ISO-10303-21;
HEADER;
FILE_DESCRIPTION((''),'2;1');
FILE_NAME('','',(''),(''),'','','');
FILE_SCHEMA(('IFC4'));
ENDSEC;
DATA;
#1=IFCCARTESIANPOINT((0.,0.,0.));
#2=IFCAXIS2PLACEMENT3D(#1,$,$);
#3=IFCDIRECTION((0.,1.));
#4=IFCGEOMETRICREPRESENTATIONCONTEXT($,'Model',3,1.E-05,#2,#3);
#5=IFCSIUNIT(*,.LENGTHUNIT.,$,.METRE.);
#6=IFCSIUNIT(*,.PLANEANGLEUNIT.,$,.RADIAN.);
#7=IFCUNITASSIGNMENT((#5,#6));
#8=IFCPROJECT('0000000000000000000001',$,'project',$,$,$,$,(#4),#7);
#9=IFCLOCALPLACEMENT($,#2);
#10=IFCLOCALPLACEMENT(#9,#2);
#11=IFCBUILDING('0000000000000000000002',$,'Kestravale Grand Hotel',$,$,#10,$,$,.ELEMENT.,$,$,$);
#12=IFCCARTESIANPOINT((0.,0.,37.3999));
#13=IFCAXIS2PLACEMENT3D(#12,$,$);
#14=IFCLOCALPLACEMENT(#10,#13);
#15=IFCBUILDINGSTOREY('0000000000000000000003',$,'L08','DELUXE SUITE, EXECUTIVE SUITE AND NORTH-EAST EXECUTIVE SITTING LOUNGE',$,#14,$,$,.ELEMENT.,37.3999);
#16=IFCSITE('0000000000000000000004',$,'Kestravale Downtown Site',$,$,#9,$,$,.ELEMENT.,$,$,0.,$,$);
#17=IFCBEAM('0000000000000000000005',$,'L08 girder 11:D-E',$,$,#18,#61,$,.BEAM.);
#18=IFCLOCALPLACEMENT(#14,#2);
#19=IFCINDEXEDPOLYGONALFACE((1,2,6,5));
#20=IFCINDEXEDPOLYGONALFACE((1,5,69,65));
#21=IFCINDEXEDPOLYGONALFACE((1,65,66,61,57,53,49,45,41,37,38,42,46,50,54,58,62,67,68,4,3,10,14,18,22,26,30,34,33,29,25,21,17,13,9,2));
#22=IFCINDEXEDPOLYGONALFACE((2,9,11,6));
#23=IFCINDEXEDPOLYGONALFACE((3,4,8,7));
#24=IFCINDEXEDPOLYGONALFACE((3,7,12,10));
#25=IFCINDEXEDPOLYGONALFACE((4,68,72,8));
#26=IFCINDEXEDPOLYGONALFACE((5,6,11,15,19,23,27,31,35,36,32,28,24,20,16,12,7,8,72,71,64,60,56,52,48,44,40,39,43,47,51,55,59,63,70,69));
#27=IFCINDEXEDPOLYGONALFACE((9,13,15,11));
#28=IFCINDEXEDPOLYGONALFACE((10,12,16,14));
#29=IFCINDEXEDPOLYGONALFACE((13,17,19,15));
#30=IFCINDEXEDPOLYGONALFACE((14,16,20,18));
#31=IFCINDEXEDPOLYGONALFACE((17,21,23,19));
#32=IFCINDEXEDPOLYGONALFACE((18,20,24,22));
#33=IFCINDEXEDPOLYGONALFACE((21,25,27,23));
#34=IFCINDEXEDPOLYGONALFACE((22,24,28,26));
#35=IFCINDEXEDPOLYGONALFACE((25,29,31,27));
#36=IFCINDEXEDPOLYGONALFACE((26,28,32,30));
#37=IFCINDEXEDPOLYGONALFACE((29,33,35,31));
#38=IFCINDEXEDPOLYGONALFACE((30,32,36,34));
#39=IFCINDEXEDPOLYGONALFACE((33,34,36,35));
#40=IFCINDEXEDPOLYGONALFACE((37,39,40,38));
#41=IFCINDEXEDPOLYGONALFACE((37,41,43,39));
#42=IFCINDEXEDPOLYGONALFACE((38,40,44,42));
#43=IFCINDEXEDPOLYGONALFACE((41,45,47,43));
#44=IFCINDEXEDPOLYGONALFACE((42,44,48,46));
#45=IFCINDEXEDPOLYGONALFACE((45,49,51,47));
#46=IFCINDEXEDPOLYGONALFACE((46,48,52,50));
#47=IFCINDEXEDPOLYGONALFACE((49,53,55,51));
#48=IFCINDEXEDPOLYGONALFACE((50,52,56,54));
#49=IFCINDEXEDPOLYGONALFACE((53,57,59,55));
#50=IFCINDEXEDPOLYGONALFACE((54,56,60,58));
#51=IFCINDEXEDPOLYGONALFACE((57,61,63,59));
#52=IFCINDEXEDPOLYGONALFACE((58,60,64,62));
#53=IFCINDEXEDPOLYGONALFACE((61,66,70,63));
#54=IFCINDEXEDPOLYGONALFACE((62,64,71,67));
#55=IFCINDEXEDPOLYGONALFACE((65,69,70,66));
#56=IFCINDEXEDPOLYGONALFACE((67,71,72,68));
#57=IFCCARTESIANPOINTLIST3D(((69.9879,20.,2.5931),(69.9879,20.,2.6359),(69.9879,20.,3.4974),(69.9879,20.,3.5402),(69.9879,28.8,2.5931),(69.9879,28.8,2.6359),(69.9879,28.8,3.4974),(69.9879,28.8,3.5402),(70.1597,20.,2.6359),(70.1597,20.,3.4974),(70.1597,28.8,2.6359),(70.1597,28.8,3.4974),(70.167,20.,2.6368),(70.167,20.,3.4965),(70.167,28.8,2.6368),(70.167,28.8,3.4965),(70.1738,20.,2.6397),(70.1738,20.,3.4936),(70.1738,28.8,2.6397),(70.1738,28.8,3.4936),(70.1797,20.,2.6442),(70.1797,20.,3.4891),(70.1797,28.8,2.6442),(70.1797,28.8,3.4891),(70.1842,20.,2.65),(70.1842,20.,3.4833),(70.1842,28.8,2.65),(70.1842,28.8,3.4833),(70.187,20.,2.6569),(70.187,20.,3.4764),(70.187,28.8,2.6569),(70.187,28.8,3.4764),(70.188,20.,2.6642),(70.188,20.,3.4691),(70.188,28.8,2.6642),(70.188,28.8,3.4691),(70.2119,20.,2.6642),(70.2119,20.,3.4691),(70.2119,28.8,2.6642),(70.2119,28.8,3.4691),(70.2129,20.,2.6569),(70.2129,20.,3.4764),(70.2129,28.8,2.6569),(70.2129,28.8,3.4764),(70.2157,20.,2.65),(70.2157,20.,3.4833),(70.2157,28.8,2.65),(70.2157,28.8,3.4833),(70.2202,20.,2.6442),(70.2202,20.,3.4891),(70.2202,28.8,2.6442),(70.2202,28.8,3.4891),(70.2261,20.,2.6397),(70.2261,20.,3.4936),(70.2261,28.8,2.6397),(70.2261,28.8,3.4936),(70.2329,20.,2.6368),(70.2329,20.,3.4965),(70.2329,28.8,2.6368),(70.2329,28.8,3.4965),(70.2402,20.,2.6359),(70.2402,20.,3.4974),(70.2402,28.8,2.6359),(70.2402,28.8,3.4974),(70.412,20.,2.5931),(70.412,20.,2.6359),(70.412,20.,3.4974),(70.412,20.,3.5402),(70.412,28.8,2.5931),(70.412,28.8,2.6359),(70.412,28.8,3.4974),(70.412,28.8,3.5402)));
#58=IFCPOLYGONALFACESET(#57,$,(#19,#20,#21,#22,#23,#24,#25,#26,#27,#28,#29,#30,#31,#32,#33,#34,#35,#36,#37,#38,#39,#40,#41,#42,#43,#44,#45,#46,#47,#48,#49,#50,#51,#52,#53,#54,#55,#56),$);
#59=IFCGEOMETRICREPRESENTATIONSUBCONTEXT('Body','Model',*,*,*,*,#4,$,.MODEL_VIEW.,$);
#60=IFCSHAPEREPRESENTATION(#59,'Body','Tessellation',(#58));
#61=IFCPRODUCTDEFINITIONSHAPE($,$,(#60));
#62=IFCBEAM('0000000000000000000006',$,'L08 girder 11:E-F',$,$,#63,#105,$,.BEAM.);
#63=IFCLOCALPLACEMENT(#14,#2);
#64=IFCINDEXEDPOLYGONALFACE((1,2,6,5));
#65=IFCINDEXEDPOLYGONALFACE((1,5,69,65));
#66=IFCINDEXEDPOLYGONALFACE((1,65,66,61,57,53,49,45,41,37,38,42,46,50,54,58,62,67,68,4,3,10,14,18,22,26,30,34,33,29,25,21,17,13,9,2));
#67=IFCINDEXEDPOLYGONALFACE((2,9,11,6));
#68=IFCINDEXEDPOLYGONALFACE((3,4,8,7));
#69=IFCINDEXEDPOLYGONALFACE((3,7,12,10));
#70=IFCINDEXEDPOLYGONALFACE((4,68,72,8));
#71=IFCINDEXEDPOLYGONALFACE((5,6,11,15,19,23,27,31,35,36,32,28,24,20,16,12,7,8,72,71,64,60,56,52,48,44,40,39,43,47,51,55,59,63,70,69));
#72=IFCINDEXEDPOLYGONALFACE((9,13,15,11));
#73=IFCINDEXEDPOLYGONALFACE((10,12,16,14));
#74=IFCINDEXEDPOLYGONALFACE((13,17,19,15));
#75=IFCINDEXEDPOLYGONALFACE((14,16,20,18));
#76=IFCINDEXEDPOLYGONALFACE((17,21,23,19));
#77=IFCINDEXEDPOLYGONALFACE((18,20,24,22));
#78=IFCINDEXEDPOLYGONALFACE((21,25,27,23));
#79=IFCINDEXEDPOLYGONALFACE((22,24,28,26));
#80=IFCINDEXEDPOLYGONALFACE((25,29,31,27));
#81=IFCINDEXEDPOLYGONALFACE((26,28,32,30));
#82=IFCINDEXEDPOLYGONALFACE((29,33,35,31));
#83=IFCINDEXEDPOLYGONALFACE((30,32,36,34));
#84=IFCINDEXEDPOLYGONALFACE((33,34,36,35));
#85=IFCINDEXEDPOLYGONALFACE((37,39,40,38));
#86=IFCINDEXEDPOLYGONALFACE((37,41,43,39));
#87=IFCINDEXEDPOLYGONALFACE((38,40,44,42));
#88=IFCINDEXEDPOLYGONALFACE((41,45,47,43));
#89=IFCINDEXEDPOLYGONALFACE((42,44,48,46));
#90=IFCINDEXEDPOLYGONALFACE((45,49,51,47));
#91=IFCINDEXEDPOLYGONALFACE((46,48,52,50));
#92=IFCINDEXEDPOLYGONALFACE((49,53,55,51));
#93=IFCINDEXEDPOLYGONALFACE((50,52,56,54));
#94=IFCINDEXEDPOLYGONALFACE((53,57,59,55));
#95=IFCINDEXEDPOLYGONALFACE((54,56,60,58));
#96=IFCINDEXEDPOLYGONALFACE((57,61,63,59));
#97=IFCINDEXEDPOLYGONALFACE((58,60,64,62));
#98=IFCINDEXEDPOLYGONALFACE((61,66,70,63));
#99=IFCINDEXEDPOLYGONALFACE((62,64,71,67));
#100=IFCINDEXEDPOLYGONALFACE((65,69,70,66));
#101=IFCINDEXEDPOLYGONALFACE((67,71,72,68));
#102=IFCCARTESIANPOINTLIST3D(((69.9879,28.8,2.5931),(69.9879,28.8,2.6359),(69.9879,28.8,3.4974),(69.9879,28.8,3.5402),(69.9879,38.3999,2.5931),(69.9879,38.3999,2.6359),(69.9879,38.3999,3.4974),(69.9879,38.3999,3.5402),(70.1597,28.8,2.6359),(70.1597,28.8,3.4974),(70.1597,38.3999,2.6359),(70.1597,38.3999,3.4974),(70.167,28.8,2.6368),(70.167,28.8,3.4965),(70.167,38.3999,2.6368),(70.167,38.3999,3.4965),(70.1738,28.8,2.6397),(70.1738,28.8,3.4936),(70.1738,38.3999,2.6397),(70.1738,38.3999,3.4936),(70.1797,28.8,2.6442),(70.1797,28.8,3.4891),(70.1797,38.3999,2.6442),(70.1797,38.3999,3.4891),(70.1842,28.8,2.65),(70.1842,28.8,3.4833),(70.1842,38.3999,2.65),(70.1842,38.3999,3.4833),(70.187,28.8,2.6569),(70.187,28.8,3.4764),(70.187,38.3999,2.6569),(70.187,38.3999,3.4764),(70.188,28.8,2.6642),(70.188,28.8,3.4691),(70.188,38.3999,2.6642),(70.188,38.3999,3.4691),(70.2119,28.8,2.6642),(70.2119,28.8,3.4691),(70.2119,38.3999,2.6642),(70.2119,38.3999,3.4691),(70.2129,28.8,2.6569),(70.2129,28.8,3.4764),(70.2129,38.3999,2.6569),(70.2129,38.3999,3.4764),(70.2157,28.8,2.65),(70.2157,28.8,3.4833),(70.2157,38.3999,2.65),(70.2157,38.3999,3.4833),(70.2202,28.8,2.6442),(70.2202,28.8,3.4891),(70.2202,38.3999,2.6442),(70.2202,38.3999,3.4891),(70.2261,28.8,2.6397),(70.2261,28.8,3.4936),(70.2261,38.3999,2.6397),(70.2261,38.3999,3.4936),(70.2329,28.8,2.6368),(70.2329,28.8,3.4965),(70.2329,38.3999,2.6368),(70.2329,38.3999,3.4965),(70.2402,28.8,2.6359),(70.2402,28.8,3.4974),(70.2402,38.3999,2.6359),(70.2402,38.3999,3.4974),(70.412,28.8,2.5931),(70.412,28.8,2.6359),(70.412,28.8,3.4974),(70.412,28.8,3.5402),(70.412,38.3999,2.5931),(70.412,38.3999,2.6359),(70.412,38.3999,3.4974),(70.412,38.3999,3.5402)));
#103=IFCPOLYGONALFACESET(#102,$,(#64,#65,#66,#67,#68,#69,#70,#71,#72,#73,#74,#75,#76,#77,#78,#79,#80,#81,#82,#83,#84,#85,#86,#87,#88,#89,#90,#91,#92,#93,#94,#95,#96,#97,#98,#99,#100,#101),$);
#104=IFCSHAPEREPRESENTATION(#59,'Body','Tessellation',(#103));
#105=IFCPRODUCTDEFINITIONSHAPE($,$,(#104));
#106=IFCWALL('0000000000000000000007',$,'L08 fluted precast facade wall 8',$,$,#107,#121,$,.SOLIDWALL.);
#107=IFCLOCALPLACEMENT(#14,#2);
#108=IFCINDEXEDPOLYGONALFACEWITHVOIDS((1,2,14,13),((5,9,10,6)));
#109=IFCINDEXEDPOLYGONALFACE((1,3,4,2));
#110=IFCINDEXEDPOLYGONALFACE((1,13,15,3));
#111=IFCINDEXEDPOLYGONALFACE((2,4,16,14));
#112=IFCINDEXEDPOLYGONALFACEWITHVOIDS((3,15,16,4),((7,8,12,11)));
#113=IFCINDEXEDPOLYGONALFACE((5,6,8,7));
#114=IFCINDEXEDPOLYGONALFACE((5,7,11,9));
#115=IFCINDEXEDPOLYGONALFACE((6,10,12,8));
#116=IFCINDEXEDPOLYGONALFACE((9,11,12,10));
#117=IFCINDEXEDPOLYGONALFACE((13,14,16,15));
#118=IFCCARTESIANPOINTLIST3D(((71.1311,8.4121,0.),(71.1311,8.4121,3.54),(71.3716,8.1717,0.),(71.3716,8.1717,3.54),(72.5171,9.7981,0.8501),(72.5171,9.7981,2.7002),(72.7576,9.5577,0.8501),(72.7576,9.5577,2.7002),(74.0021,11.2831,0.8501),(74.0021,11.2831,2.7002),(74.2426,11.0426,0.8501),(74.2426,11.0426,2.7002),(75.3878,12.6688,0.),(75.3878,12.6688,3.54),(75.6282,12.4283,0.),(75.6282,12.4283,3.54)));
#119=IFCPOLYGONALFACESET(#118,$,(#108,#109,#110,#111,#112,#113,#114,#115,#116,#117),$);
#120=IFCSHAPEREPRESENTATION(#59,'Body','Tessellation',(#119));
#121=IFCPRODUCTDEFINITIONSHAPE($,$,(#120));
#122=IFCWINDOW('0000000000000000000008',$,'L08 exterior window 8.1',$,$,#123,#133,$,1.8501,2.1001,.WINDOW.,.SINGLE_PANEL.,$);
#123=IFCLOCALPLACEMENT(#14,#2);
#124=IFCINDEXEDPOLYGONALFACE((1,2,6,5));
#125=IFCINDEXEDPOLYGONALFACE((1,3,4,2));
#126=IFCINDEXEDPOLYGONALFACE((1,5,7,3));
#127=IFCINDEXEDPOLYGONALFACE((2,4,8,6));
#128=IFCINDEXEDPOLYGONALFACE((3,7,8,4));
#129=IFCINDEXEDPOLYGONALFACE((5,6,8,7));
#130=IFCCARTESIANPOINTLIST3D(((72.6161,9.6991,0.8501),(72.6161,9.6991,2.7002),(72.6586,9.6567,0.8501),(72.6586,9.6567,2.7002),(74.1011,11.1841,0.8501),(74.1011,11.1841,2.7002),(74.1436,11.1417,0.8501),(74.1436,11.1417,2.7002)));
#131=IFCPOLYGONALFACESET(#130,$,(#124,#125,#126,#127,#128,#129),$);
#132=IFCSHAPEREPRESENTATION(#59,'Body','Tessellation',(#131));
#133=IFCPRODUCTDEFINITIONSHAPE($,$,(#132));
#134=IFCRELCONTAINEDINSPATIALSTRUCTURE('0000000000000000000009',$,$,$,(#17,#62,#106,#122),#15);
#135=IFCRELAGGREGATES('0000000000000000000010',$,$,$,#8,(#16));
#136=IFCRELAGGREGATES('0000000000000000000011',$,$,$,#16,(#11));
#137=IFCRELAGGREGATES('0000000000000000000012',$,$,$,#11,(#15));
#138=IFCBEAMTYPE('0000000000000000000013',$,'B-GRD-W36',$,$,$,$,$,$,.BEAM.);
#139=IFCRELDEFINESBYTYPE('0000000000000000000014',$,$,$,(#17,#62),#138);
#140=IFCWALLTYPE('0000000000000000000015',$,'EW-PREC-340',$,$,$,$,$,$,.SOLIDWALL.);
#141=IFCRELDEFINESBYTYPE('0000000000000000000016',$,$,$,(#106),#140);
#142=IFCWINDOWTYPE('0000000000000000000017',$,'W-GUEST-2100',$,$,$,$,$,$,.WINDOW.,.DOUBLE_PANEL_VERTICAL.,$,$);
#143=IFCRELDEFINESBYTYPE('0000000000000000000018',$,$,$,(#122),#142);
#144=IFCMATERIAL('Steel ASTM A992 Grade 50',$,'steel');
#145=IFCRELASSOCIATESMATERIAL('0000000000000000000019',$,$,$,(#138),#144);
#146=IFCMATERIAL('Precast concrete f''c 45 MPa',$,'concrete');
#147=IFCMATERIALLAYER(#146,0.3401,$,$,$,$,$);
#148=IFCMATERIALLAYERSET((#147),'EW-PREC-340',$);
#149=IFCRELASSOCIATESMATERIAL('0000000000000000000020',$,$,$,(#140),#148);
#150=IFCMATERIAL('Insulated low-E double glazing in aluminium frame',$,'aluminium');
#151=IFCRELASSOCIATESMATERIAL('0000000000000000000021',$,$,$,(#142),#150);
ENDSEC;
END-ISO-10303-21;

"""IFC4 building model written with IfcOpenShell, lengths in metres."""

from ifc_helpers import new_model, si_unit, direction, frame, frame_2d, origin, origin_2d, place, context, subcontext, project, spatial, rectangle, i_section, extrude, material, layer, layer_set, material_profile, profile_set, type_object, element, fill, save


model = new_model("IFC4")

# Units and contexts
model_context = context("Model", 3, precision=1e-05, world=origin(), true_north=direction((0.0, 1.0)))
body_context = subcontext(model_context, "Body", "Model", "MODEL_VIEW")
ifc_project = project(units=[si_unit("LENGTHUNIT", "METRE"), si_unit("PLANEANGLEUNIT", "RADIAN")], contexts=[model_context])

# Site, building, storey
site_placement = place(None, origin())
site = spatial("IfcSite", under=ifc_project, at=site_placement, Name="Kestravale Downtown Site", CompositionType="ELEMENT", RefElevation=0.0)
building_placement = place(site_placement, origin())
building = spatial("IfcBuilding", under=site, at=building_placement, Name="Kestravale Grand Hotel", CompositionType="ELEMENT")
storey_placement = place(building_placement, frame((0.0, 0.0, 37.3999)))
storey = spatial("IfcBuildingStorey", under=building, at=storey_placement, Name="L08", Description="DELUXE SUITE, EXECUTIVE SUITE AND NORTH-EAST EXECUTIVE SITTING LOUNGE", CompositionType="ELEMENT", Elevation=37.3999)

# Beams
ifc_material_1 = material(Name="Steel ASTM A992 Grade 50", Category="steel")
ifc_material_profile_1 = material_profile(ifc_material_1, i_section(OverallWidth=0.4241, OverallDepth=0.947, WebThickness=0.0239, FlangeThickness=0.0427, FilletRadius=0.0283, at=origin_2d()))
ifc_profile_set_1 = profile_set([ifc_material_profile_1], Name="Steel ASTM A992 Grade 50")
beam_type_1 = type_object("IfcBeamType", Name="B-GRD-W36", PredefinedType="BEAM", material=ifc_profile_set_1)
beam_1_placement = place(storey_placement, frame((70.2, 20.0, 3.0667), z_axis=(0.0, 1.0, 0.0), x_axis=(-1.0, 0.0, 0.0)))
element("IfcBeam", 1, at=beam_1_placement, inside=storey, type_object=beam_type_1, Name="L08 girder 11:D-E", PredefinedType="BEAM", context=body_context, shape_type="SweptSolid", body=[
    extrude(i_section(OverallWidth=0.4241, OverallDepth=0.947, WebThickness=0.0239, FlangeThickness=0.0427, FilletRadius=0.0283, at=origin_2d()), origin(), (0.0, 0.0, 1.0), 8.8),
])
beam_2_placement = place(storey_placement, frame((70.2, 28.8, 3.0667), z_axis=(0.0, 1.0, 0.0), x_axis=(-1.0, 0.0, 0.0)))
element("IfcBeam", 2, at=beam_2_placement, inside=storey, type_object=beam_type_1, Name="L08 girder 11:E-F", PredefinedType="BEAM", context=body_context, shape_type="SweptSolid", body=[
    extrude(i_section(OverallWidth=0.4241, OverallDepth=0.947, WebThickness=0.0239, FlangeThickness=0.0427, FilletRadius=0.0283, at=origin_2d()), origin(), (0.0, 0.0, 1.0), 9.5999),
])

# Wall, opening, window
ifc_material_2 = material(Name="Precast concrete f'c 45 MPa", Category="concrete")
ifc_layer_1 = layer(ifc_material_2, 0.3401)
ifc_layer_set_1 = layer_set([ifc_layer_1], Name="EW-PREC-340")
wall_type_1 = type_object("IfcWallType", Name="EW-PREC-340", PredefinedType="SOLIDWALL", material=ifc_layer_set_1)
wall_1_placement = place(storey_placement, frame((71.2515, 8.292, 0.0), z_axis=(0.0, 0.0, 1.0), x_axis=(0.707107, 0.707107, 0.0)))
wall_1 = element("IfcWall", 3, at=wall_1_placement, inside=storey, type_object=wall_type_1, Name="L08 fluted precast facade wall 8", PredefinedType="SOLIDWALL", context=body_context, shape_type="SweptSolid", body=[
    extrude(rectangle(XDim=6.0198, YDim=0.3401, at=frame_2d((3.0098, 0.0))), origin(), (0.0, 0.0, 1.0), 3.54),
])
opening_1_placement = place(wall_1_placement, frame((1.96, 0.0, 0.8501)))
opening_1 = element("IfcOpeningElement", 4, at=opening_1_placement, cuts=wall_1, PredefinedType="OPENING", context=body_context, shape_type="SweptSolid", body=[
    extrude(rectangle(XDim=2.1001, YDim=1.8501, at=frame_2d((1.05, 0.925))), frame((0.0, 0.1799, 0.0), z_axis=(0.0, -1.0, 0.0), x_axis=(1.0, 0.0, 0.0)), (0.0, 0.0, 1.0), 0.3601),
])
ifc_material_3 = material(Name="Insulated low-E double glazing in aluminium frame", Category="aluminium")
window_type = type_object("IfcWindowType", Name="W-GUEST-2100", PartitioningType="DOUBLE_PANEL_VERTICAL", PredefinedType="WINDOW", material=ifc_material_3)
window_1_placement = place(opening_1_placement, origin())
window_1 = element("IfcWindow", 5, at=window_1_placement, inside=storey, type_object=window_type, Name="L08 exterior window 8.1", OverallHeight=1.8501, OverallWidth=2.1001, PartitioningType="SINGLE_PANEL", PredefinedType="WINDOW", context=body_context, shape_type="SweptSolid", body=[
    extrude(rectangle(XDim=2.1001, YDim=1.8501, at=frame_2d((1.05, 0.925))), frame((0.0, 0.03, 0.0), z_axis=(0.0, -1.0, 0.0), x_axis=(1.0, 0.0, 0.0)), (0.0, 0.0, 1.0), 0.0601),
])
fill(opening_1, window_1)

save(model, "model.ifc")
